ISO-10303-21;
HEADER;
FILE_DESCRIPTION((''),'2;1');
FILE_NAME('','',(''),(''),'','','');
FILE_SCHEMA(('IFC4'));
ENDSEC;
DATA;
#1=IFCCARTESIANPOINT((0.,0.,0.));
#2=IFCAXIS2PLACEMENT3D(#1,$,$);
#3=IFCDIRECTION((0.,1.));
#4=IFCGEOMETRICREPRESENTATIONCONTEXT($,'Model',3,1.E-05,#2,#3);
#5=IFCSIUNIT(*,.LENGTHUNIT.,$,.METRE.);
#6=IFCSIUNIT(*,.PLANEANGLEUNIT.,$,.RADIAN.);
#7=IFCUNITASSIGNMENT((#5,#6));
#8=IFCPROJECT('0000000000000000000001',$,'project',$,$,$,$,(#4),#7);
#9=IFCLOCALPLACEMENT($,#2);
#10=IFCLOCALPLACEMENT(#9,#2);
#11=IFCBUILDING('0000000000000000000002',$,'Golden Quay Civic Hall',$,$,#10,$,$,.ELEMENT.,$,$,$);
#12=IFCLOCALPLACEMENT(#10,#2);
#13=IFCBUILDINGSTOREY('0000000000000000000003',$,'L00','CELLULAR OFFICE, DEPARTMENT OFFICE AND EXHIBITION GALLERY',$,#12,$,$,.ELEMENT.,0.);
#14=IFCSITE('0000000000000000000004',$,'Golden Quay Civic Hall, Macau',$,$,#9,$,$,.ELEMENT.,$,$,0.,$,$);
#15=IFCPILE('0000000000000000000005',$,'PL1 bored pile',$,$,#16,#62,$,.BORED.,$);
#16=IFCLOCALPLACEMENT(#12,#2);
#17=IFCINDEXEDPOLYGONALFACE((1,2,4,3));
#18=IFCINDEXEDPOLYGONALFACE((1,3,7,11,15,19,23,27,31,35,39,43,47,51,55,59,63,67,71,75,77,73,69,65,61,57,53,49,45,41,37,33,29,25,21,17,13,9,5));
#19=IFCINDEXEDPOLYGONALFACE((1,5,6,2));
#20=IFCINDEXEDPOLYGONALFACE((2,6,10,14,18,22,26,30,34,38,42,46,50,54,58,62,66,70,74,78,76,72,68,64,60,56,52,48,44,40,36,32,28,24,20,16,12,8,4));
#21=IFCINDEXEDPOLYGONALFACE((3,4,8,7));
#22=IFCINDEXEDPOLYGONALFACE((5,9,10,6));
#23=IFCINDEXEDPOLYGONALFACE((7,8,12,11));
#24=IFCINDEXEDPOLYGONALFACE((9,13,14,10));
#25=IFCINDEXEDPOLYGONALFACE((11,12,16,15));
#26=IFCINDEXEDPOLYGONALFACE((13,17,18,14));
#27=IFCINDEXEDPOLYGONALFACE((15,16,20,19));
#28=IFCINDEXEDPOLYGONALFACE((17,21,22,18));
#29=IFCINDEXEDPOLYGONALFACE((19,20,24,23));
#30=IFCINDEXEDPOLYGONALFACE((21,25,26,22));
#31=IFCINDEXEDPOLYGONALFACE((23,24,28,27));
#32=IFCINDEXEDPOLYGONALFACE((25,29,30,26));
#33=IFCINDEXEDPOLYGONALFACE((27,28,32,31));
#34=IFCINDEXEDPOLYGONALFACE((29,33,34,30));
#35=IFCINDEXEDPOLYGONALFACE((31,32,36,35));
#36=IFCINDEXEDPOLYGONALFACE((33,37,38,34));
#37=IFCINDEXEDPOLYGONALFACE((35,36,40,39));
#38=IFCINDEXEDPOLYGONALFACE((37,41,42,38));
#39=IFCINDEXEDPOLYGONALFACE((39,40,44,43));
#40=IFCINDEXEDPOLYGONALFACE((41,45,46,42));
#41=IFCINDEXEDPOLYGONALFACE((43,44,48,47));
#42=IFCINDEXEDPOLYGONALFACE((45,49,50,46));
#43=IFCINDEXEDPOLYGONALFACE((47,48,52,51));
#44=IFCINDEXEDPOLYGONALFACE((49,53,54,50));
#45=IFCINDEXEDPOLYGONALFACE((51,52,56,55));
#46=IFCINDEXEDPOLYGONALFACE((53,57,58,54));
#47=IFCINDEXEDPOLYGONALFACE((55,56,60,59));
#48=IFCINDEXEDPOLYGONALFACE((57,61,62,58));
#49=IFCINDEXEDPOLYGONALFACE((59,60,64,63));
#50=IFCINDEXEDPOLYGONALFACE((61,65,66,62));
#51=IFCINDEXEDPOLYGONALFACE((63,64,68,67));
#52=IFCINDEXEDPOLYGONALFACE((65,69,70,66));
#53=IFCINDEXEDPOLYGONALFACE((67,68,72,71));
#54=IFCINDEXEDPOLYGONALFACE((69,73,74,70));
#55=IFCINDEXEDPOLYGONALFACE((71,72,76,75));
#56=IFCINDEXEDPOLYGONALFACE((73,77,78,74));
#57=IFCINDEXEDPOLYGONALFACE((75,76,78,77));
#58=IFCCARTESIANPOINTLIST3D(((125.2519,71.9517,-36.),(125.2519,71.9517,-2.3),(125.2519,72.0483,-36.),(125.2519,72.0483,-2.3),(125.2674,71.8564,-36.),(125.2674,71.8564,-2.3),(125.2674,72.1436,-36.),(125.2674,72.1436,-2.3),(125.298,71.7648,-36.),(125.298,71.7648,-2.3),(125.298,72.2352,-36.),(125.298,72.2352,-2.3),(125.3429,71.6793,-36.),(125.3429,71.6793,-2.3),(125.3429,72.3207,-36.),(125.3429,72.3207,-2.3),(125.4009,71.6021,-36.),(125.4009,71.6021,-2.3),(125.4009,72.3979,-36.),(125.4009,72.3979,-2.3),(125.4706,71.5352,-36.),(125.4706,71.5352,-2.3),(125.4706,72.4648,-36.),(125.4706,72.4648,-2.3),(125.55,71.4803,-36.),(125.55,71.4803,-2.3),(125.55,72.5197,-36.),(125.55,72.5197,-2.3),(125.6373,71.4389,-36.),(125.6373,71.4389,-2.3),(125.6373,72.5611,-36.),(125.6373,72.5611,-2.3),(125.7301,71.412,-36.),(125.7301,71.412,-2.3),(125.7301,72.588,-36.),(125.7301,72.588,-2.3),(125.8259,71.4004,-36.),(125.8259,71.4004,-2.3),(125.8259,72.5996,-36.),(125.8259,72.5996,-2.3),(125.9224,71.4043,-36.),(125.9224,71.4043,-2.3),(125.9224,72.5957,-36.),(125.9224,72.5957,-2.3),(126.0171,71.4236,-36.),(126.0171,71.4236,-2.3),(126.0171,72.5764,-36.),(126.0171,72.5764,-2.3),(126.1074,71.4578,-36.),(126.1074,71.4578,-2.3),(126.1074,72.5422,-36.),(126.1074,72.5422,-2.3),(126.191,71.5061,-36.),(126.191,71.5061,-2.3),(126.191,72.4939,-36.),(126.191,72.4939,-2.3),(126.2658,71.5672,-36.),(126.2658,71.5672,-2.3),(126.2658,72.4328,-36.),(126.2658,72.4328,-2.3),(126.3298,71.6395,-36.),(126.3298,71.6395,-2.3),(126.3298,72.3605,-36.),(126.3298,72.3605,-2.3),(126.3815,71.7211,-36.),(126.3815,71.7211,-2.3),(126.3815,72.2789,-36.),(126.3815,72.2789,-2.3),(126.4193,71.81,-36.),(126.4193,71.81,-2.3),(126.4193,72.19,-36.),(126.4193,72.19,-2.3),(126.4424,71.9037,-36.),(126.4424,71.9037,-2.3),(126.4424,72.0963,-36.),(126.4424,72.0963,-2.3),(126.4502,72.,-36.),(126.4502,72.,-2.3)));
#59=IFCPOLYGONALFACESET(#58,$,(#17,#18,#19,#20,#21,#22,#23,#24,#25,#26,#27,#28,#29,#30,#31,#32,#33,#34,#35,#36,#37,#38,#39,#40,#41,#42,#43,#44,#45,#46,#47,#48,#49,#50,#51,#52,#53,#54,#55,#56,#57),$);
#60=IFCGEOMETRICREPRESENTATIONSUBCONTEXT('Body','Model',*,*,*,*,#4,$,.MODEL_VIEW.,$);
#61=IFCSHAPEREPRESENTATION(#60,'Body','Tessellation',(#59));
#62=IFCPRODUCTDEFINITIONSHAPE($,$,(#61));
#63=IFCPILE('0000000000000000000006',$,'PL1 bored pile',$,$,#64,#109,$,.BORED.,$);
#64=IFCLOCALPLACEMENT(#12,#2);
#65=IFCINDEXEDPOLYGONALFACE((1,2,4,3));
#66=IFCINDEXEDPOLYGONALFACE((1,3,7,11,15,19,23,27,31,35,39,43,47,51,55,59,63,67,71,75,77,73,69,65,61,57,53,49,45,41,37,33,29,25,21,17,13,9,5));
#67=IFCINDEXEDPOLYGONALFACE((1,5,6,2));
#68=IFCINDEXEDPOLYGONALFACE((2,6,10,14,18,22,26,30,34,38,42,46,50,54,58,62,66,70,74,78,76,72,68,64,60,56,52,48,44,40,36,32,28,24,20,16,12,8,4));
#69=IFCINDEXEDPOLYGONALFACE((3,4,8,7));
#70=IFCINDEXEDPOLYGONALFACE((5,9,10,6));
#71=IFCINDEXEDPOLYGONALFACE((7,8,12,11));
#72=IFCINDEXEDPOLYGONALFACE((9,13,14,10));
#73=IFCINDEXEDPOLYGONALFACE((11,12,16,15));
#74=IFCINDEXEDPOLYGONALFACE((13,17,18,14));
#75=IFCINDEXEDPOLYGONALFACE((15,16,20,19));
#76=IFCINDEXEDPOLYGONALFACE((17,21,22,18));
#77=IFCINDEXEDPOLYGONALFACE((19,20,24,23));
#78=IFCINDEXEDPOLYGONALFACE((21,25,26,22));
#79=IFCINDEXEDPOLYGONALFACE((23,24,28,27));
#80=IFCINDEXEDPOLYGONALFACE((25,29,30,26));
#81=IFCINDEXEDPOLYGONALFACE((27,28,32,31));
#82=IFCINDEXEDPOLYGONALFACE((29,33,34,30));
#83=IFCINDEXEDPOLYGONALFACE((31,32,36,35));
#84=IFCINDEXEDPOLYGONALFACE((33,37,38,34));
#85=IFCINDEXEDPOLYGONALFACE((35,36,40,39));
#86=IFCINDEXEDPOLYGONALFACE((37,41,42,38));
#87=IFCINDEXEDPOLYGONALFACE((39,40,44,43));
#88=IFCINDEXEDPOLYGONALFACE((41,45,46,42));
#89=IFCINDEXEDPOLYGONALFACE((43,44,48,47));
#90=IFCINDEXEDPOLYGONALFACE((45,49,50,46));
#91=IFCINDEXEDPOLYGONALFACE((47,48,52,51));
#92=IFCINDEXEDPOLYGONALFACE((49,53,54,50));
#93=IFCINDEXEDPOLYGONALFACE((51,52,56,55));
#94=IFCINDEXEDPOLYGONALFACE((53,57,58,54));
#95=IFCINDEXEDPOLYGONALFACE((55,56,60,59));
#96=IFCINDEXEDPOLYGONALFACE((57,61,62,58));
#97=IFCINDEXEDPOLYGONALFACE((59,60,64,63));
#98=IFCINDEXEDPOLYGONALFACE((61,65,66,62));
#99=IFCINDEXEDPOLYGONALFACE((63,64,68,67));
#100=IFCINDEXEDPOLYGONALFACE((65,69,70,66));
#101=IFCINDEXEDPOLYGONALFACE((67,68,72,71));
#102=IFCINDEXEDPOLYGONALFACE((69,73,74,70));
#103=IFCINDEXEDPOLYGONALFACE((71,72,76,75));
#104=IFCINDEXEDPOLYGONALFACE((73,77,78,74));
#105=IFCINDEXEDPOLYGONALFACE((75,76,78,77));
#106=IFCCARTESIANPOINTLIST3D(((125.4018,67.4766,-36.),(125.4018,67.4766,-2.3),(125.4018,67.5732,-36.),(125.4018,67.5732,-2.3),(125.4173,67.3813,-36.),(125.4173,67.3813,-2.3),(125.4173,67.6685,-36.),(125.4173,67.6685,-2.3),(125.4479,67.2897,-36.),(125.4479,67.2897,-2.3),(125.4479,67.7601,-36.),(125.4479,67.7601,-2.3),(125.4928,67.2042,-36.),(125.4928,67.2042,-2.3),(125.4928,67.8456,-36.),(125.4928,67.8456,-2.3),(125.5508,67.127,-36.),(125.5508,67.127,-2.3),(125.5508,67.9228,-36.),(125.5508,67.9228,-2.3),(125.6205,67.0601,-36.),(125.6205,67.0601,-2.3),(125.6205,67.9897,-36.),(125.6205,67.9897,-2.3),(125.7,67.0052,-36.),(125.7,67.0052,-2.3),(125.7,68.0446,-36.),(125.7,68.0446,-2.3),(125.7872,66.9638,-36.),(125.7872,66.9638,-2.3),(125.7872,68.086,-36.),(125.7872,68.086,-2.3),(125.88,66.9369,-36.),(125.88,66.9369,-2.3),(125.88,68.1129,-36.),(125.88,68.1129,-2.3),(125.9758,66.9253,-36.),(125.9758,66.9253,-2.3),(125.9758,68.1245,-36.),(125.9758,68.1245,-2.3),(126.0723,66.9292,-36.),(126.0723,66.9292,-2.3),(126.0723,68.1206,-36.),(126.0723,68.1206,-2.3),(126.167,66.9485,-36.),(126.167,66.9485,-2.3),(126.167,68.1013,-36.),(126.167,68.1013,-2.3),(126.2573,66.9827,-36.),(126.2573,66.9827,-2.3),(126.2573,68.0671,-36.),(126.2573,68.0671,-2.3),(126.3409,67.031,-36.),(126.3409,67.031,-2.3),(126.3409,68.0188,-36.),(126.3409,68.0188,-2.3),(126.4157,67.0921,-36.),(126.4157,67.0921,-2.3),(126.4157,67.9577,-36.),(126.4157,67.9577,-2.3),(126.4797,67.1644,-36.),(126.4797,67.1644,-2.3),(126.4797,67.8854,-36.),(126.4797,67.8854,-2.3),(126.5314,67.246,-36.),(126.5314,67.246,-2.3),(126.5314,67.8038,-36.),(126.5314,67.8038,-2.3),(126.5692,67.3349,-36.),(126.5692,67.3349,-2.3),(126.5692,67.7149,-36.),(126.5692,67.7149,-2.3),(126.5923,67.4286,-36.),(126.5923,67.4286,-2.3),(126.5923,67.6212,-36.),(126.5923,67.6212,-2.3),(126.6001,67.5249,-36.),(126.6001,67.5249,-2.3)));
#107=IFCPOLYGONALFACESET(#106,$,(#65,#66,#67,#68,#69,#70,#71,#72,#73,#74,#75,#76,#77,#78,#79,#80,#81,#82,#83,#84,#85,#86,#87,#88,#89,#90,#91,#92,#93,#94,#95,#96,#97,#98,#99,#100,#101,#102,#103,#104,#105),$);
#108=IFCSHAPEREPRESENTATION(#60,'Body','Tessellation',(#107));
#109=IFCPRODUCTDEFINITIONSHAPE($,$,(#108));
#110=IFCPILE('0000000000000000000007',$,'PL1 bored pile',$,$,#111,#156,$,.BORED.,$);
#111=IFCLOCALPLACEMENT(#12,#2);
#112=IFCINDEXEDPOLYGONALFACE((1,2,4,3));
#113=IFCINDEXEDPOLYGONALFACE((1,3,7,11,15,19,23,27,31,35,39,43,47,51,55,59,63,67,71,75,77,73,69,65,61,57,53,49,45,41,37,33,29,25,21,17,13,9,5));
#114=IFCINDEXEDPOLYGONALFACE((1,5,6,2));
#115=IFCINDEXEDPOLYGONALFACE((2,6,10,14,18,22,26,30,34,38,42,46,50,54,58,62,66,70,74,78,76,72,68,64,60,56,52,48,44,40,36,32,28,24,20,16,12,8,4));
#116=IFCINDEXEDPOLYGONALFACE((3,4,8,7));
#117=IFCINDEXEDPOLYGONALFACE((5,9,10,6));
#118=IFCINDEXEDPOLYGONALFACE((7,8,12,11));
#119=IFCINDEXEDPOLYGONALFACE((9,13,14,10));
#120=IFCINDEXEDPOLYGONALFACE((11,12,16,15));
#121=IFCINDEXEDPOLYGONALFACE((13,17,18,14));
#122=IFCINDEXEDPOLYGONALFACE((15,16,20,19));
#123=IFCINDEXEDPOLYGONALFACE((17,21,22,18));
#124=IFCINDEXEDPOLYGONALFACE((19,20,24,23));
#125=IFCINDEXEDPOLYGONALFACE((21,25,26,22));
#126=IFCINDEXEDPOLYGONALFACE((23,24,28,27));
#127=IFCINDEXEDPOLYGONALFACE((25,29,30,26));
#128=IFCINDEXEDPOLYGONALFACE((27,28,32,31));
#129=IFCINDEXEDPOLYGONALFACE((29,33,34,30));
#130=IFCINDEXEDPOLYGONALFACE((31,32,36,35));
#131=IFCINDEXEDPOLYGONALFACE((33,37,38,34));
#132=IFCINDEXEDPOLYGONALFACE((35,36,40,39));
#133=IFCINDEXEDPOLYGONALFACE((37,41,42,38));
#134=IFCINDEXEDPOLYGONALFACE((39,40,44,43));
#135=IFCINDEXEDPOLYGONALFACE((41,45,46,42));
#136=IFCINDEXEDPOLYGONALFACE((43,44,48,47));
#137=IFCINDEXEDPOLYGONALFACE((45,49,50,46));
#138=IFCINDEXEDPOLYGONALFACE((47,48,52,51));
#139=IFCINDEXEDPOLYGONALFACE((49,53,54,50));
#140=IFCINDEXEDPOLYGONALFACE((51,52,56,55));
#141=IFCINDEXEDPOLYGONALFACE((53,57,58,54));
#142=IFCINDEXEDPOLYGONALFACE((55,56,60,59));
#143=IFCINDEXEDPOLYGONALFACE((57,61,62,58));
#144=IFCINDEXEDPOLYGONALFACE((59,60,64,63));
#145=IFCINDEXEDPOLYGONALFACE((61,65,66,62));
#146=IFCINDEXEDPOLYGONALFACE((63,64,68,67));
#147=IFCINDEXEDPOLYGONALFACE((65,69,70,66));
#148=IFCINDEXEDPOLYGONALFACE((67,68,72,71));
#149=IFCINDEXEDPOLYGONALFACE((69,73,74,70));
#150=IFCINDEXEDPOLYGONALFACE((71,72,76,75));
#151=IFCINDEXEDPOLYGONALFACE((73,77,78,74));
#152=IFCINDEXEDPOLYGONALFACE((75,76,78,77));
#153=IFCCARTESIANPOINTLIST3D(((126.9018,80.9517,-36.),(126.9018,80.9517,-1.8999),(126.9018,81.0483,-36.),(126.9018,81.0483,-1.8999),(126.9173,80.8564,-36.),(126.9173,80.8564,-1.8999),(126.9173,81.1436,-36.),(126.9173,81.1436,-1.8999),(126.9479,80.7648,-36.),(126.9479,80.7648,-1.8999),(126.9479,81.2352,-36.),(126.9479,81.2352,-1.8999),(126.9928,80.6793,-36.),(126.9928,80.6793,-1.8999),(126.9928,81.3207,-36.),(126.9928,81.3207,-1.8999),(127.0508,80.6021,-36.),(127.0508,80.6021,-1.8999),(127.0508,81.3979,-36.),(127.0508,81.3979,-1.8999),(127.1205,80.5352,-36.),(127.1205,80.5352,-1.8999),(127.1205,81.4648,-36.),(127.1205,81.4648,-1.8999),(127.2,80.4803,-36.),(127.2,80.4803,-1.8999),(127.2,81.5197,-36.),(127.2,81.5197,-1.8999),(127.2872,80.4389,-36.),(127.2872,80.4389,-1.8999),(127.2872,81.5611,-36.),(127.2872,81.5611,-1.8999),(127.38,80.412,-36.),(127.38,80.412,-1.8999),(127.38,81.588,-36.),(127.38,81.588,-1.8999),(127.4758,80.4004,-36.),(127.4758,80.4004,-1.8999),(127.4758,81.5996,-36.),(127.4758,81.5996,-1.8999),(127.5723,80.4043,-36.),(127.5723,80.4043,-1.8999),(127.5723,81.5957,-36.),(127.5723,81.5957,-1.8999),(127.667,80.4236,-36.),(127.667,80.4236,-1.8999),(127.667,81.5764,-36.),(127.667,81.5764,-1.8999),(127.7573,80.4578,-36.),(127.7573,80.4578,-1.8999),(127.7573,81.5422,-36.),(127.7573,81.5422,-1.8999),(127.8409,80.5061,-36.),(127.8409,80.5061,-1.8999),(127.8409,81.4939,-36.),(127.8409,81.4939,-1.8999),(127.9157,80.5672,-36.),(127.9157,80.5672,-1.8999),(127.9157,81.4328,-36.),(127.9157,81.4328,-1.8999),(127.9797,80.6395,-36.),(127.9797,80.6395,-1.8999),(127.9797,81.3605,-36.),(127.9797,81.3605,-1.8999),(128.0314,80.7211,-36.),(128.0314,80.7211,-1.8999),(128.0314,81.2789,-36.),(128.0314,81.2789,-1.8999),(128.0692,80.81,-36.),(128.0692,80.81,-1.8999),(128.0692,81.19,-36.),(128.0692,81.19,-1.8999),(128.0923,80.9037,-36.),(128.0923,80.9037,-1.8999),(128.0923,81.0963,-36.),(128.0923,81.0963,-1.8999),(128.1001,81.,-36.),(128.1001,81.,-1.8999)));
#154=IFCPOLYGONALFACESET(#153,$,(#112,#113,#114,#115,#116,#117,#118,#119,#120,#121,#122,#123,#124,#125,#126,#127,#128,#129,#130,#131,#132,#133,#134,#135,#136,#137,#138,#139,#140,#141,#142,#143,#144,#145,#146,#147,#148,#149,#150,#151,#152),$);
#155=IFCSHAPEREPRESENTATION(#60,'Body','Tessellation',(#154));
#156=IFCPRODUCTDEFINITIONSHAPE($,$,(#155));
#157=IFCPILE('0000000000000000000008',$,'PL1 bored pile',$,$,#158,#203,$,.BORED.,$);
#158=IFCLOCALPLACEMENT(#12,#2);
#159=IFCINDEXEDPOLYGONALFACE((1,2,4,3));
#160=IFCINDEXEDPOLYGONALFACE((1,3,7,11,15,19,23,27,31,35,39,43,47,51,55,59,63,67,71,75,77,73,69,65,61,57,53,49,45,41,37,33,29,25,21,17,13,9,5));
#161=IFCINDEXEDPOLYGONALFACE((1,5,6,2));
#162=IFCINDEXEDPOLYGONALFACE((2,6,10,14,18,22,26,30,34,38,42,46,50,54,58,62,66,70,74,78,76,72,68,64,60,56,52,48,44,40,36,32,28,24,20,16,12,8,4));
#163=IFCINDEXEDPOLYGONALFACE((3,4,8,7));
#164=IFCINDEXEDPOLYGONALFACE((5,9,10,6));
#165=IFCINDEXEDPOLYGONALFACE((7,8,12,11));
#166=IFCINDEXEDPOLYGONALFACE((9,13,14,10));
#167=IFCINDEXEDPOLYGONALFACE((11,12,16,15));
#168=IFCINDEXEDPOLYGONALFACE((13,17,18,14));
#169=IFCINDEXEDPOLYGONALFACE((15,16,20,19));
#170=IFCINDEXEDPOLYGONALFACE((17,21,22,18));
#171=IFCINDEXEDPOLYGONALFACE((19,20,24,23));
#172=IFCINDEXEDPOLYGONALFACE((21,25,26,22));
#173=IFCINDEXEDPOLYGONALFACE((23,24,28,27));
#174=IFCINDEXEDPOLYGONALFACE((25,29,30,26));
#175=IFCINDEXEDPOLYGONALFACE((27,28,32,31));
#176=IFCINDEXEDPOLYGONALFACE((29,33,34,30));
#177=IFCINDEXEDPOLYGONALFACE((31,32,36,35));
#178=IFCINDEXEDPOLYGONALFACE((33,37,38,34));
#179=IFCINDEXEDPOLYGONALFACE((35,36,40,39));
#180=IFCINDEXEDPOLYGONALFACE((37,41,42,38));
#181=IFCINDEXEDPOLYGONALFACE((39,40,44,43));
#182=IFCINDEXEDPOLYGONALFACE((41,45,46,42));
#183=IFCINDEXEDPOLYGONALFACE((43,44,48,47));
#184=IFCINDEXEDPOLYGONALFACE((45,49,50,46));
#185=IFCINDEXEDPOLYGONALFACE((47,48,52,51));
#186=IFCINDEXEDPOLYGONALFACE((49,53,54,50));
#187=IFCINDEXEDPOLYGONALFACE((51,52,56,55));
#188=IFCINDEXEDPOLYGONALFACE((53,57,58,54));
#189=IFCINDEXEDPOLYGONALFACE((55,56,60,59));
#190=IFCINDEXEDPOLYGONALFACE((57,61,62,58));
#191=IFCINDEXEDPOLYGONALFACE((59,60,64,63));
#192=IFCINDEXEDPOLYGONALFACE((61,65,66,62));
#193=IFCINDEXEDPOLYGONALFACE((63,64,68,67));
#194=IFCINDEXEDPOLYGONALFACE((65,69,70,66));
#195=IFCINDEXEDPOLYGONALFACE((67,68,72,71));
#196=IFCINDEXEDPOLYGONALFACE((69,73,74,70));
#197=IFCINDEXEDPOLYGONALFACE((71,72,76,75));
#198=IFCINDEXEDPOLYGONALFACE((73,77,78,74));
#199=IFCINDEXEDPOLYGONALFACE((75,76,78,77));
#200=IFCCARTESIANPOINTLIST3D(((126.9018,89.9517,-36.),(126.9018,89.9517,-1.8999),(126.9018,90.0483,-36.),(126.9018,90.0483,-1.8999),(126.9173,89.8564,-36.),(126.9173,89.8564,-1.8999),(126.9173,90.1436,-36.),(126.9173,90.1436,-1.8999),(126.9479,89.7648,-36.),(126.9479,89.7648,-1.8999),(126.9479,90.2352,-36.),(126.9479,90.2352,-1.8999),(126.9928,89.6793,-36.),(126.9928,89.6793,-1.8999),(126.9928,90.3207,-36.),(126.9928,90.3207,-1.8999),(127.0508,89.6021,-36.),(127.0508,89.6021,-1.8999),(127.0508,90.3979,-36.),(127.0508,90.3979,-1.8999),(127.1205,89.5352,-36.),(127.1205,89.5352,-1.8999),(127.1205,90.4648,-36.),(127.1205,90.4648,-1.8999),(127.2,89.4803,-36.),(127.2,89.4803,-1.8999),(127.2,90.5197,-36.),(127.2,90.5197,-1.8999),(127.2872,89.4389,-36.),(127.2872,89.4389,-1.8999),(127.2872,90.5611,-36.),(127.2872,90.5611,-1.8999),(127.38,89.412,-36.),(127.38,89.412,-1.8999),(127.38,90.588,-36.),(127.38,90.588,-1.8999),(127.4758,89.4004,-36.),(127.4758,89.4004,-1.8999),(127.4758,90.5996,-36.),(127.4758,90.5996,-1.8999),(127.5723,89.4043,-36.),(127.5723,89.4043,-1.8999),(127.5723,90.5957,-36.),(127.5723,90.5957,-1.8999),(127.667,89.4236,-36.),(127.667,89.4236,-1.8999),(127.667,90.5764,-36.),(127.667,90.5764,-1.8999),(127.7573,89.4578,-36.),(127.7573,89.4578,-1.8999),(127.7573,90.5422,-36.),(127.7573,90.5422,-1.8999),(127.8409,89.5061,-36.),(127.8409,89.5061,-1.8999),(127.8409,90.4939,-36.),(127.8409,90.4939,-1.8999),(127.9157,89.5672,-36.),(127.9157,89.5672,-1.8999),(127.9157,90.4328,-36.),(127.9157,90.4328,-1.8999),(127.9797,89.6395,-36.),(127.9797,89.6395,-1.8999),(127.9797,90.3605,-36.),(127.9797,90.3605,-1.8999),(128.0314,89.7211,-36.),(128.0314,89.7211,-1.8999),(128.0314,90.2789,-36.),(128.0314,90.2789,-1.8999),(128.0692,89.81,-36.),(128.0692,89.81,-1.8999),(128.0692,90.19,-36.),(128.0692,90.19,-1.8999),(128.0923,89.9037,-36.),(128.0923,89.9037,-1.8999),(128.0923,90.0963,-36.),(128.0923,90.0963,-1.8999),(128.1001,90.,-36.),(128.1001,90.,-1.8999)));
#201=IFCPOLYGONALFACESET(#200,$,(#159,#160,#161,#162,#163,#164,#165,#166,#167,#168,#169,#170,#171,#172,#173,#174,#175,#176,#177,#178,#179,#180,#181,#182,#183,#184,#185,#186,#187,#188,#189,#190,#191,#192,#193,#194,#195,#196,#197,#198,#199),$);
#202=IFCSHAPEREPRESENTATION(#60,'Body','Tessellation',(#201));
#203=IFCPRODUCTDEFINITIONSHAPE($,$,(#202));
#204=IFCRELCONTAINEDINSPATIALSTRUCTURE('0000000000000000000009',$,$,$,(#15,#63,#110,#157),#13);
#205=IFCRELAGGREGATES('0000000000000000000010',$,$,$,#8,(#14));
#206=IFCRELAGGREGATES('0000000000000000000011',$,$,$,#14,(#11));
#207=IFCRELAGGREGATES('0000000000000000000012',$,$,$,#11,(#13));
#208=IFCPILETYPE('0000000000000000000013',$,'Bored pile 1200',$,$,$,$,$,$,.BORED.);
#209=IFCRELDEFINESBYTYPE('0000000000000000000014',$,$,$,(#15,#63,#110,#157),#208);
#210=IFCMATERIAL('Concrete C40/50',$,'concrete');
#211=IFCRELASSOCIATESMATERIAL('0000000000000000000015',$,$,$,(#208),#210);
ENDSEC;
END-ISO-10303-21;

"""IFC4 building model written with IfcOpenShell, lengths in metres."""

from ifc_helpers import new_model, si_unit, direction, frame, origin, origin_2d, place, context, subcontext, project, spatial, circle, extrude, material, material_profile, profile_set, type_object, element, save


model = new_model("IFC4")

# Units and contexts
model_context = context("Model", 3, precision=1e-05, world=origin(), true_north=direction((0.0, 1.0)))
body_context = subcontext(model_context, "Body", "Model", "MODEL_VIEW")
ifc_project = project(units=[si_unit("LENGTHUNIT", "METRE"), si_unit("PLANEANGLEUNIT", "RADIAN")], contexts=[model_context])

# Site, building, storey
site_placement = place(None, origin())
site = spatial("IfcSite", under=ifc_project, at=site_placement, Name="Golden Quay Civic Hall, Macau", CompositionType="ELEMENT", RefElevation=0.0)
building_placement = place(site_placement, origin())
building = spatial("IfcBuilding", under=site, at=building_placement, Name="Golden Quay Civic Hall", CompositionType="ELEMENT")
storey_placement = place(building_placement, origin())
storey = spatial("IfcBuildingStorey", under=building, at=storey_placement, Name="L00", Description="CELLULAR OFFICE, DEPARTMENT OFFICE AND EXHIBITION GALLERY", CompositionType="ELEMENT", Elevation=0.0)

# Piles
ifc_material_1 = material(Name="Concrete C40/50", Category="concrete")
ifc_material_profile_1 = material_profile(ifc_material_1, circle(Radius=0.6001, at=origin_2d()), Name="RC D1200")
ifc_profile_set_1 = profile_set([ifc_material_profile_1], Name="Concrete C40/50")
pile_type = type_object("IfcPileType", Name="Bored pile 1200", PredefinedType="BORED", material=ifc_profile_set_1)
for number, where, z_axis, x_axis, name in (
    (1, (125.8501, 72.0, -2.3), (0.0, 0.0, -1.0), (1.0, 0.0, 0.0), "PL1 bored pile"),
    (2, (126.0, 67.5249, -2.3), (0.0, 0.0, -1.0), (1.0, 0.0, 0.0), "PL1 bored pile"),
):
    element("IfcPile", number, at=place(storey_placement, frame(where, z_axis=z_axis, x_axis=x_axis)), inside=storey, type_object=pile_type, Name=name, PredefinedType="BORED", context=body_context, shape_type="SweptSolid", body=[
        extrude(circle(Radius=0.6001, at=origin_2d()), origin(), (0.0, 0.0, 1.0), 33.7),
    ])
for number, where, z_axis, x_axis, name in (
    (3, (127.5, 81.0, -1.8999), (0.0, 0.0, -1.0), (1.0, 0.0, 0.0), "PL1 bored pile"),
    (4, (127.5, 90.0, -1.8999), (0.0, 0.0, -1.0), (1.0, 0.0, 0.0), "PL1 bored pile"),
):
    element("IfcPile", number, at=place(storey_placement, frame(where, z_axis=z_axis, x_axis=x_axis)), inside=storey, type_object=pile_type, Name=name, PredefinedType="BORED", context=body_context, shape_type="SweptSolid", body=[
        extrude(circle(Radius=0.6001, at=origin_2d()), origin(), (0.0, 0.0, 1.0), 34.1001),
    ])

save(model, "model.ifc")
